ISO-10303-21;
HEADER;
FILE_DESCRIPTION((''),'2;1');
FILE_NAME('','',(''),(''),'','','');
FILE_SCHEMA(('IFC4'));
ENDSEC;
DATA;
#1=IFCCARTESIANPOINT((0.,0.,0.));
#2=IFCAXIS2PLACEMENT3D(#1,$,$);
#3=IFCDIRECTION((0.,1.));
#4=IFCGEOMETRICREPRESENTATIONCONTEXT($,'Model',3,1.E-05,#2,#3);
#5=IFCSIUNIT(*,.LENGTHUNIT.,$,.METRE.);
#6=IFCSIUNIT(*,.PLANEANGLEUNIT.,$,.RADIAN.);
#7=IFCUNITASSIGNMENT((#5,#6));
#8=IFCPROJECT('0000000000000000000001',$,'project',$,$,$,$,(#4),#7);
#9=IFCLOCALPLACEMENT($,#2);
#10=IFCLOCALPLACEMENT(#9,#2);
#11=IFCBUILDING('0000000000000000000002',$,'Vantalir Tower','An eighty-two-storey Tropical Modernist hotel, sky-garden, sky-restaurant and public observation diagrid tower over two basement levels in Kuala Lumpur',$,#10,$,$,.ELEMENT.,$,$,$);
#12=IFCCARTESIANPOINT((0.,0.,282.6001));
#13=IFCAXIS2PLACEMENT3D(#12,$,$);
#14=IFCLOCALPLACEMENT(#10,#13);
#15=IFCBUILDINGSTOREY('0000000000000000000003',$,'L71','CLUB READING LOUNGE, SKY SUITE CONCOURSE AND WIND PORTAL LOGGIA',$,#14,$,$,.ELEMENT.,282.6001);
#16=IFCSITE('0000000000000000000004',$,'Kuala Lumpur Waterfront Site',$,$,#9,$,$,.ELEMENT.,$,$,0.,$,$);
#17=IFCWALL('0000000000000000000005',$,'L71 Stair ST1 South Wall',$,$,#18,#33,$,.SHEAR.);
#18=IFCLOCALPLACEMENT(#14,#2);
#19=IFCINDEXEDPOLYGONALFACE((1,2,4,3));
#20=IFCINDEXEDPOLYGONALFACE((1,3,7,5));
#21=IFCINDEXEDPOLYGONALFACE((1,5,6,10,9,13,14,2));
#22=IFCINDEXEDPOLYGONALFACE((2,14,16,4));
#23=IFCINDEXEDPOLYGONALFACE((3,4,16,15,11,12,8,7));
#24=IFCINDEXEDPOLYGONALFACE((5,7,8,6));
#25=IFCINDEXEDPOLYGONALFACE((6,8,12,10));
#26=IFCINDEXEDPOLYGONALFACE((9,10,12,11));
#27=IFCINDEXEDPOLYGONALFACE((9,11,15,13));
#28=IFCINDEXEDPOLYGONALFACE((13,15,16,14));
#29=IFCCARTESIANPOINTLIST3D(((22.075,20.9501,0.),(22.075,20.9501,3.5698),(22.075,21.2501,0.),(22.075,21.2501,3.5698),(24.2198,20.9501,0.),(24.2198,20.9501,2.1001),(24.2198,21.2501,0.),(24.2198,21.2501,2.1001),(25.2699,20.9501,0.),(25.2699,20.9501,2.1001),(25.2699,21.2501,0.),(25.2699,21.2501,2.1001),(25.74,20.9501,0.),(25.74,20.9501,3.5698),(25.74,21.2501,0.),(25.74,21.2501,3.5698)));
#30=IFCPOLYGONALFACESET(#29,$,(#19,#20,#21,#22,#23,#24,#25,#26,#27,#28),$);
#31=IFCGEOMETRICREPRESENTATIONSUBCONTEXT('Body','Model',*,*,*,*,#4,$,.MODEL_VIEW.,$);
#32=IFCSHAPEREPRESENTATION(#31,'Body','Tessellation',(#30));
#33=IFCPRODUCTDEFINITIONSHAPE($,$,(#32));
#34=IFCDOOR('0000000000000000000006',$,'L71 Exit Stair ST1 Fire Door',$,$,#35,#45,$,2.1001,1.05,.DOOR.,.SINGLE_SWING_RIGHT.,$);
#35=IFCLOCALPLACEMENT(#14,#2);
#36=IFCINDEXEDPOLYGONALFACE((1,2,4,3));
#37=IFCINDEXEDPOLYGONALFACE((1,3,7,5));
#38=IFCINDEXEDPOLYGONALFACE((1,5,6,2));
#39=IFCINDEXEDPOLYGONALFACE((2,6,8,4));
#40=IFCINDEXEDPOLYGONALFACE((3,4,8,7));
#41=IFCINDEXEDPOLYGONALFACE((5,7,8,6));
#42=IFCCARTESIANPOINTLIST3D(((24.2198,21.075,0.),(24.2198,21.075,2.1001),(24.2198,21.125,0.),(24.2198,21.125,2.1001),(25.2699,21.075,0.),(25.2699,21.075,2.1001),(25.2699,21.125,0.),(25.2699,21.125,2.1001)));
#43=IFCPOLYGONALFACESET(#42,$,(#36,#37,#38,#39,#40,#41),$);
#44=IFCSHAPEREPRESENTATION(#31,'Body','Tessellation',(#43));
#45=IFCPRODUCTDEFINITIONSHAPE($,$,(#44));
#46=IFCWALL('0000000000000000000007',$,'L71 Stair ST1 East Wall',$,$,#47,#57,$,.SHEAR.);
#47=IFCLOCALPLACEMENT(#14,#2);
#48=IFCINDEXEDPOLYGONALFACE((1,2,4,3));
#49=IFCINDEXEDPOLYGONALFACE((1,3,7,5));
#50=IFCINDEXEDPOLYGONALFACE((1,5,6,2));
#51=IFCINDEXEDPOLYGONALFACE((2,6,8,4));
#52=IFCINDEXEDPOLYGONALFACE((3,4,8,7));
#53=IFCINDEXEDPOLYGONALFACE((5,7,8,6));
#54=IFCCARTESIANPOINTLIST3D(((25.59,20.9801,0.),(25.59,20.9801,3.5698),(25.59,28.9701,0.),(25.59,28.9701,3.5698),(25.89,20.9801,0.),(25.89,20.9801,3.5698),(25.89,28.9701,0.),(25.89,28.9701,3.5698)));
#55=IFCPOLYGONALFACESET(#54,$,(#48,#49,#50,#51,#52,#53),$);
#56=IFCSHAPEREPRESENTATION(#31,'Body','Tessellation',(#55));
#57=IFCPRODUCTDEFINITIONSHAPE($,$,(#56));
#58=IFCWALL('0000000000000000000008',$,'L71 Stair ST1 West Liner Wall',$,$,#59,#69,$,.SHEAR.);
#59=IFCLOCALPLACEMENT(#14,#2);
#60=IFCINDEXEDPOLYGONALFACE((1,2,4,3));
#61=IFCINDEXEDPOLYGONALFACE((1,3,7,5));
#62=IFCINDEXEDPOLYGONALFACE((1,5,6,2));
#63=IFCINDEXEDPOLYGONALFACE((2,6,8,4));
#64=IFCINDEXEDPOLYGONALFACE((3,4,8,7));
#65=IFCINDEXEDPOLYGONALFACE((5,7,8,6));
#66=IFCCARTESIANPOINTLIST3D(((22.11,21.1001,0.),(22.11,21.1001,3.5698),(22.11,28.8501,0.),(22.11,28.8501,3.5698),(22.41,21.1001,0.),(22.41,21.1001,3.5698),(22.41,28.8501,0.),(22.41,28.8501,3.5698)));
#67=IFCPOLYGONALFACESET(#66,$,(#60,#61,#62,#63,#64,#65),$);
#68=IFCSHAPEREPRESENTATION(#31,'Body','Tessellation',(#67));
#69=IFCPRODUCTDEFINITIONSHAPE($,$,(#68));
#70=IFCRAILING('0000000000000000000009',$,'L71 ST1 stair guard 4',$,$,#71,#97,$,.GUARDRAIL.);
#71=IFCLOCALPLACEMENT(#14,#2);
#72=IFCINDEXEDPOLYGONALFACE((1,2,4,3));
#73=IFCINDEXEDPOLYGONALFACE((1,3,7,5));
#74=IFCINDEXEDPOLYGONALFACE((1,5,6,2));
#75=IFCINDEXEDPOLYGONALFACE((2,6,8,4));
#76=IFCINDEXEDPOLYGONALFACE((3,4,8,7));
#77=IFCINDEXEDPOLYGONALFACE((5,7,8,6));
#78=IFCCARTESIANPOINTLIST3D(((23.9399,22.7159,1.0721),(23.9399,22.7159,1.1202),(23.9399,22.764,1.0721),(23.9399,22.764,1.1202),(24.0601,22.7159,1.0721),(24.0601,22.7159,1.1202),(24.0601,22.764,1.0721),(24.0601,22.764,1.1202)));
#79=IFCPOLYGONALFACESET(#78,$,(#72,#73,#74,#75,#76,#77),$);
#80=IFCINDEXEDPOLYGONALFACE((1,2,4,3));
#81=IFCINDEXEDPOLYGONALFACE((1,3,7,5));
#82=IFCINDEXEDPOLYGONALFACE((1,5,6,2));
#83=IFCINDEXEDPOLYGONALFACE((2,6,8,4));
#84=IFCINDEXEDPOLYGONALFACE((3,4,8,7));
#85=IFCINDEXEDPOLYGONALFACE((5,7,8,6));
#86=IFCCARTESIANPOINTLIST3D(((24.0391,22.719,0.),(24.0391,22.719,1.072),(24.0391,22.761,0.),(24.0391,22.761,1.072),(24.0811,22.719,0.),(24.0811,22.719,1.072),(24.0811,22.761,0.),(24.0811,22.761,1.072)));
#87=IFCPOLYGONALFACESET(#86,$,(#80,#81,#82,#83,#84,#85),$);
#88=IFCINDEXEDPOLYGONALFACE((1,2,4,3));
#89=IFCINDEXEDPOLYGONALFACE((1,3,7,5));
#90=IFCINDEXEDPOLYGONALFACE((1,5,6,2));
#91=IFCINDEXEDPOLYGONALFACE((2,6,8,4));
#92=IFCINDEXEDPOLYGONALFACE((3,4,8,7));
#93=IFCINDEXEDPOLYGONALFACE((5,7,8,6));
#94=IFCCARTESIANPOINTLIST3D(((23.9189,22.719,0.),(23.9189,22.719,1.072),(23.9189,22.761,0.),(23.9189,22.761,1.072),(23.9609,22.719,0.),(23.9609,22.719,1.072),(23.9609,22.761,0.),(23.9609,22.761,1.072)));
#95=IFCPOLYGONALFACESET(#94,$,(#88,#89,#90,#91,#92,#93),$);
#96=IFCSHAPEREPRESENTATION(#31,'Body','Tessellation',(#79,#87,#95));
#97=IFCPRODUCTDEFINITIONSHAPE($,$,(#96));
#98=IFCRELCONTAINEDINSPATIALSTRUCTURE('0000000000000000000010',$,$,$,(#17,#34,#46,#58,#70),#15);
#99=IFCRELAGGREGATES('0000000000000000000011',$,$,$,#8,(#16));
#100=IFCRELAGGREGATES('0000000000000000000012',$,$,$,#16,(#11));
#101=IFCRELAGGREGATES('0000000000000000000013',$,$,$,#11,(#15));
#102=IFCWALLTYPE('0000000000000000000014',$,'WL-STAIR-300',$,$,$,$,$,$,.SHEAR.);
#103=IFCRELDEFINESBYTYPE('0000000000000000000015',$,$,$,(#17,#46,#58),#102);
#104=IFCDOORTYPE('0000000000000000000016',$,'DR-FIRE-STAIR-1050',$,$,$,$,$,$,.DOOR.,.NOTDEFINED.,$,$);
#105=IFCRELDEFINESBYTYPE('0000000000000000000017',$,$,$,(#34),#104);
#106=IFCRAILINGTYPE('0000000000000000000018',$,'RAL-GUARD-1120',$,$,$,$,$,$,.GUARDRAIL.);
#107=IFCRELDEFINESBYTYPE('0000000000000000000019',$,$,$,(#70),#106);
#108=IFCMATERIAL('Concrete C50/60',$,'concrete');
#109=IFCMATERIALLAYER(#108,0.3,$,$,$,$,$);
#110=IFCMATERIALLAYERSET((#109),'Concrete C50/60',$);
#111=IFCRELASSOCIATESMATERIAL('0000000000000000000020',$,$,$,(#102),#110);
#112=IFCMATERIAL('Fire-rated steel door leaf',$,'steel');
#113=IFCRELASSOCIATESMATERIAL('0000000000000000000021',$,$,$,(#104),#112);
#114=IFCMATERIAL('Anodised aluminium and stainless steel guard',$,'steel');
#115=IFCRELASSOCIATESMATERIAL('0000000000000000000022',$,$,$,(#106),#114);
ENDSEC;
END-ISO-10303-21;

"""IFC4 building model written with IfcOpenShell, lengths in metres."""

from ifc_helpers import new_model, si_unit, direction, frame, frame_2d, origin, origin_2d, place, context, subcontext, project, spatial, rectangle, extrude, material, layer, layer_set, type_object, element, fill, save


model = new_model("IFC4")

# Units and contexts
model_context = context("Model", 3, precision=1e-05, world=origin(), true_north=direction((0.0, 1.0)))
body_context = subcontext(model_context, "Body", "Model", "MODEL_VIEW")
ifc_project = project(units=[si_unit("LENGTHUNIT", "METRE"), si_unit("PLANEANGLEUNIT", "RADIAN")], contexts=[model_context])

# Site, building, storey
site_placement = place(None, origin())
site = spatial("IfcSite", under=ifc_project, at=site_placement, Name="Kuala Lumpur Waterfront Site", CompositionType="ELEMENT", RefElevation=0.0)
building_placement = place(site_placement, origin())
building = spatial("IfcBuilding", under=site, at=building_placement, Name="Vantalir Tower", Description="An eighty-two-storey Tropical Modernist hotel, sky-garden, sky-restaurant and public observation diagrid tower over two basement levels in Kuala Lumpur", CompositionType="ELEMENT")
storey_placement = place(building_placement, frame((0.0, 0.0, 282.6001)))
storey = spatial("IfcBuildingStorey", under=building, at=storey_placement, Name="L71", Description="CLUB READING LOUNGE, SKY SUITE CONCOURSE AND WIND PORTAL LOGGIA", CompositionType="ELEMENT", Elevation=282.6001)

# Shared definitions
ifc_material_1 = material(Name="Concrete C50/60", Category="concrete")

# Wall, opening, door
ifc_layer_1 = layer(ifc_material_1, 0.3)
ifc_layer_set_1 = layer_set([ifc_layer_1], Name="Concrete C50/60")
wall_type_1 = type_object("IfcWallType", Name="WL-STAIR-300", PredefinedType="SHEAR", material=ifc_layer_set_1)
wall_1_placement = place(storey_placement, frame((22.075, 21.1001, 0.0), z_axis=(0.0, 0.0, 1.0), x_axis=(1.0, 0.0, 0.0)))
wall_1 = element("IfcWall", 1, at=wall_1_placement, inside=storey, type_object=wall_type_1, Name="L71 Stair ST1 South Wall", PredefinedType="SHEAR", context=body_context, shape_type="SweptSolid", body=[
    extrude(rectangle(XDim=3.665, YDim=0.3, at=frame_2d((1.8325, 0.0))), origin(), (0.0, 0.0, 1.0), 3.5698),
])
opening_1_placement = place(wall_1_placement, frame((2.145, 0.0, 0.0)))
opening_1 = element("IfcOpeningElement", 2, at=opening_1_placement, cuts=wall_1, PredefinedType="OPENING", context=body_context, shape_type="SweptSolid", body=[
    extrude(rectangle(XDim=1.05, YDim=2.1001, at=frame_2d((0.5249, 1.05))), frame((0.0, 0.1599, 0.0), z_axis=(0.0, -1.0, 0.0), x_axis=(1.0, 0.0, 0.0)), (0.0, 0.0, 1.0), 0.3201),
])
ifc_material_2 = material(Name="Fire-rated steel door leaf", Category="steel")
door_type_1 = type_object("IfcDoorType", Name="DR-FIRE-STAIR-1050", OperationType="NOTDEFINED", PredefinedType="DOOR", material=ifc_material_2)
door_1_placement = place(opening_1_placement, origin())
door_1 = element("IfcDoor", 3, at=door_1_placement, inside=storey, type_object=door_type_1, Name="L71 Exit Stair ST1 Fire Door", OperationType="SINGLE_SWING_RIGHT", OverallHeight=2.1001, OverallWidth=1.05, PredefinedType="DOOR", context=body_context, shape_type="SweptSolid", body=[
    extrude(rectangle(XDim=1.05, YDim=2.1001, at=frame_2d((0.5249, 1.05))), frame((0.0, 0.0249, 0.0), z_axis=(0.0, -1.0, 0.0), x_axis=(1.0, 0.0, 0.0)), (0.0, 0.0, 1.0), 0.05),
])
fill(opening_1, door_1)

# Walls
wall_2_placement = place(storey_placement, frame((25.74, 20.98, 0.0), z_axis=(0.0, 0.0, 1.0), x_axis=(0.0, 1.0, 0.0)))
element("IfcWall", 4, at=wall_2_placement, inside=storey, type_object=wall_type_1, Name="L71 Stair ST1 East Wall", PredefinedType="SHEAR", context=body_context, shape_type="SweptSolid", body=[
    extrude(rectangle(XDim=7.99, YDim=0.3, at=frame_2d((3.9951, 0.0))), origin(), (0.0, 0.0, 1.0), 3.5698),
])
wall_3_placement = place(storey_placement, frame((22.26, 21.1001, 0.0), z_axis=(0.0, 0.0, 1.0), x_axis=(0.0, 1.0, 0.0)))
element("IfcWall", 5, at=wall_3_placement, inside=storey, type_object=wall_type_1, Name="L71 Stair ST1 West Liner Wall", PredefinedType="SHEAR", context=body_context, shape_type="SweptSolid", body=[
    extrude(rectangle(XDim=7.75, YDim=0.3, at=frame_2d((3.875, 0.0))), origin(), (0.0, 0.0, 1.0), 3.5698),
])

# Railing
ifc_material_3 = material(Name="Anodised aluminium and stainless steel guard", Category="steel")
railing_type = type_object("IfcRailingType", Name="RAL-GUARD-1120", PredefinedType="GUARDRAIL", material=ifc_material_3)
railing_placement = place(storey_placement, frame((24.0601, 22.74, 0.0)))
element("IfcRailing", 6, at=railing_placement, inside=storey, type_object=railing_type, Name="L71 ST1 stair guard 4", PredefinedType="GUARDRAIL", context=body_context, shape_type="SweptSolid", body=[
    extrude(rectangle(XDim=0.0481, YDim=0.0481, at=origin_2d()), frame((0.0, 0.0, 1.0962), z_axis=(-1.0, 0.0, 0.0), x_axis=(0.0, -1.0, 0.0)), (0.0, 0.0, 1.0), 0.1201),
    extrude(rectangle(XDim=0.042, YDim=0.042, at=origin_2d()), origin(), (0.0, 0.0, 1.0), 1.072),
    extrude(rectangle(XDim=0.042, YDim=0.042, at=origin_2d()), frame((-0.1201, 0.0, 0.0)), (0.0, 0.0, 1.0), 1.072),
])

save(model, "model.ifc")
